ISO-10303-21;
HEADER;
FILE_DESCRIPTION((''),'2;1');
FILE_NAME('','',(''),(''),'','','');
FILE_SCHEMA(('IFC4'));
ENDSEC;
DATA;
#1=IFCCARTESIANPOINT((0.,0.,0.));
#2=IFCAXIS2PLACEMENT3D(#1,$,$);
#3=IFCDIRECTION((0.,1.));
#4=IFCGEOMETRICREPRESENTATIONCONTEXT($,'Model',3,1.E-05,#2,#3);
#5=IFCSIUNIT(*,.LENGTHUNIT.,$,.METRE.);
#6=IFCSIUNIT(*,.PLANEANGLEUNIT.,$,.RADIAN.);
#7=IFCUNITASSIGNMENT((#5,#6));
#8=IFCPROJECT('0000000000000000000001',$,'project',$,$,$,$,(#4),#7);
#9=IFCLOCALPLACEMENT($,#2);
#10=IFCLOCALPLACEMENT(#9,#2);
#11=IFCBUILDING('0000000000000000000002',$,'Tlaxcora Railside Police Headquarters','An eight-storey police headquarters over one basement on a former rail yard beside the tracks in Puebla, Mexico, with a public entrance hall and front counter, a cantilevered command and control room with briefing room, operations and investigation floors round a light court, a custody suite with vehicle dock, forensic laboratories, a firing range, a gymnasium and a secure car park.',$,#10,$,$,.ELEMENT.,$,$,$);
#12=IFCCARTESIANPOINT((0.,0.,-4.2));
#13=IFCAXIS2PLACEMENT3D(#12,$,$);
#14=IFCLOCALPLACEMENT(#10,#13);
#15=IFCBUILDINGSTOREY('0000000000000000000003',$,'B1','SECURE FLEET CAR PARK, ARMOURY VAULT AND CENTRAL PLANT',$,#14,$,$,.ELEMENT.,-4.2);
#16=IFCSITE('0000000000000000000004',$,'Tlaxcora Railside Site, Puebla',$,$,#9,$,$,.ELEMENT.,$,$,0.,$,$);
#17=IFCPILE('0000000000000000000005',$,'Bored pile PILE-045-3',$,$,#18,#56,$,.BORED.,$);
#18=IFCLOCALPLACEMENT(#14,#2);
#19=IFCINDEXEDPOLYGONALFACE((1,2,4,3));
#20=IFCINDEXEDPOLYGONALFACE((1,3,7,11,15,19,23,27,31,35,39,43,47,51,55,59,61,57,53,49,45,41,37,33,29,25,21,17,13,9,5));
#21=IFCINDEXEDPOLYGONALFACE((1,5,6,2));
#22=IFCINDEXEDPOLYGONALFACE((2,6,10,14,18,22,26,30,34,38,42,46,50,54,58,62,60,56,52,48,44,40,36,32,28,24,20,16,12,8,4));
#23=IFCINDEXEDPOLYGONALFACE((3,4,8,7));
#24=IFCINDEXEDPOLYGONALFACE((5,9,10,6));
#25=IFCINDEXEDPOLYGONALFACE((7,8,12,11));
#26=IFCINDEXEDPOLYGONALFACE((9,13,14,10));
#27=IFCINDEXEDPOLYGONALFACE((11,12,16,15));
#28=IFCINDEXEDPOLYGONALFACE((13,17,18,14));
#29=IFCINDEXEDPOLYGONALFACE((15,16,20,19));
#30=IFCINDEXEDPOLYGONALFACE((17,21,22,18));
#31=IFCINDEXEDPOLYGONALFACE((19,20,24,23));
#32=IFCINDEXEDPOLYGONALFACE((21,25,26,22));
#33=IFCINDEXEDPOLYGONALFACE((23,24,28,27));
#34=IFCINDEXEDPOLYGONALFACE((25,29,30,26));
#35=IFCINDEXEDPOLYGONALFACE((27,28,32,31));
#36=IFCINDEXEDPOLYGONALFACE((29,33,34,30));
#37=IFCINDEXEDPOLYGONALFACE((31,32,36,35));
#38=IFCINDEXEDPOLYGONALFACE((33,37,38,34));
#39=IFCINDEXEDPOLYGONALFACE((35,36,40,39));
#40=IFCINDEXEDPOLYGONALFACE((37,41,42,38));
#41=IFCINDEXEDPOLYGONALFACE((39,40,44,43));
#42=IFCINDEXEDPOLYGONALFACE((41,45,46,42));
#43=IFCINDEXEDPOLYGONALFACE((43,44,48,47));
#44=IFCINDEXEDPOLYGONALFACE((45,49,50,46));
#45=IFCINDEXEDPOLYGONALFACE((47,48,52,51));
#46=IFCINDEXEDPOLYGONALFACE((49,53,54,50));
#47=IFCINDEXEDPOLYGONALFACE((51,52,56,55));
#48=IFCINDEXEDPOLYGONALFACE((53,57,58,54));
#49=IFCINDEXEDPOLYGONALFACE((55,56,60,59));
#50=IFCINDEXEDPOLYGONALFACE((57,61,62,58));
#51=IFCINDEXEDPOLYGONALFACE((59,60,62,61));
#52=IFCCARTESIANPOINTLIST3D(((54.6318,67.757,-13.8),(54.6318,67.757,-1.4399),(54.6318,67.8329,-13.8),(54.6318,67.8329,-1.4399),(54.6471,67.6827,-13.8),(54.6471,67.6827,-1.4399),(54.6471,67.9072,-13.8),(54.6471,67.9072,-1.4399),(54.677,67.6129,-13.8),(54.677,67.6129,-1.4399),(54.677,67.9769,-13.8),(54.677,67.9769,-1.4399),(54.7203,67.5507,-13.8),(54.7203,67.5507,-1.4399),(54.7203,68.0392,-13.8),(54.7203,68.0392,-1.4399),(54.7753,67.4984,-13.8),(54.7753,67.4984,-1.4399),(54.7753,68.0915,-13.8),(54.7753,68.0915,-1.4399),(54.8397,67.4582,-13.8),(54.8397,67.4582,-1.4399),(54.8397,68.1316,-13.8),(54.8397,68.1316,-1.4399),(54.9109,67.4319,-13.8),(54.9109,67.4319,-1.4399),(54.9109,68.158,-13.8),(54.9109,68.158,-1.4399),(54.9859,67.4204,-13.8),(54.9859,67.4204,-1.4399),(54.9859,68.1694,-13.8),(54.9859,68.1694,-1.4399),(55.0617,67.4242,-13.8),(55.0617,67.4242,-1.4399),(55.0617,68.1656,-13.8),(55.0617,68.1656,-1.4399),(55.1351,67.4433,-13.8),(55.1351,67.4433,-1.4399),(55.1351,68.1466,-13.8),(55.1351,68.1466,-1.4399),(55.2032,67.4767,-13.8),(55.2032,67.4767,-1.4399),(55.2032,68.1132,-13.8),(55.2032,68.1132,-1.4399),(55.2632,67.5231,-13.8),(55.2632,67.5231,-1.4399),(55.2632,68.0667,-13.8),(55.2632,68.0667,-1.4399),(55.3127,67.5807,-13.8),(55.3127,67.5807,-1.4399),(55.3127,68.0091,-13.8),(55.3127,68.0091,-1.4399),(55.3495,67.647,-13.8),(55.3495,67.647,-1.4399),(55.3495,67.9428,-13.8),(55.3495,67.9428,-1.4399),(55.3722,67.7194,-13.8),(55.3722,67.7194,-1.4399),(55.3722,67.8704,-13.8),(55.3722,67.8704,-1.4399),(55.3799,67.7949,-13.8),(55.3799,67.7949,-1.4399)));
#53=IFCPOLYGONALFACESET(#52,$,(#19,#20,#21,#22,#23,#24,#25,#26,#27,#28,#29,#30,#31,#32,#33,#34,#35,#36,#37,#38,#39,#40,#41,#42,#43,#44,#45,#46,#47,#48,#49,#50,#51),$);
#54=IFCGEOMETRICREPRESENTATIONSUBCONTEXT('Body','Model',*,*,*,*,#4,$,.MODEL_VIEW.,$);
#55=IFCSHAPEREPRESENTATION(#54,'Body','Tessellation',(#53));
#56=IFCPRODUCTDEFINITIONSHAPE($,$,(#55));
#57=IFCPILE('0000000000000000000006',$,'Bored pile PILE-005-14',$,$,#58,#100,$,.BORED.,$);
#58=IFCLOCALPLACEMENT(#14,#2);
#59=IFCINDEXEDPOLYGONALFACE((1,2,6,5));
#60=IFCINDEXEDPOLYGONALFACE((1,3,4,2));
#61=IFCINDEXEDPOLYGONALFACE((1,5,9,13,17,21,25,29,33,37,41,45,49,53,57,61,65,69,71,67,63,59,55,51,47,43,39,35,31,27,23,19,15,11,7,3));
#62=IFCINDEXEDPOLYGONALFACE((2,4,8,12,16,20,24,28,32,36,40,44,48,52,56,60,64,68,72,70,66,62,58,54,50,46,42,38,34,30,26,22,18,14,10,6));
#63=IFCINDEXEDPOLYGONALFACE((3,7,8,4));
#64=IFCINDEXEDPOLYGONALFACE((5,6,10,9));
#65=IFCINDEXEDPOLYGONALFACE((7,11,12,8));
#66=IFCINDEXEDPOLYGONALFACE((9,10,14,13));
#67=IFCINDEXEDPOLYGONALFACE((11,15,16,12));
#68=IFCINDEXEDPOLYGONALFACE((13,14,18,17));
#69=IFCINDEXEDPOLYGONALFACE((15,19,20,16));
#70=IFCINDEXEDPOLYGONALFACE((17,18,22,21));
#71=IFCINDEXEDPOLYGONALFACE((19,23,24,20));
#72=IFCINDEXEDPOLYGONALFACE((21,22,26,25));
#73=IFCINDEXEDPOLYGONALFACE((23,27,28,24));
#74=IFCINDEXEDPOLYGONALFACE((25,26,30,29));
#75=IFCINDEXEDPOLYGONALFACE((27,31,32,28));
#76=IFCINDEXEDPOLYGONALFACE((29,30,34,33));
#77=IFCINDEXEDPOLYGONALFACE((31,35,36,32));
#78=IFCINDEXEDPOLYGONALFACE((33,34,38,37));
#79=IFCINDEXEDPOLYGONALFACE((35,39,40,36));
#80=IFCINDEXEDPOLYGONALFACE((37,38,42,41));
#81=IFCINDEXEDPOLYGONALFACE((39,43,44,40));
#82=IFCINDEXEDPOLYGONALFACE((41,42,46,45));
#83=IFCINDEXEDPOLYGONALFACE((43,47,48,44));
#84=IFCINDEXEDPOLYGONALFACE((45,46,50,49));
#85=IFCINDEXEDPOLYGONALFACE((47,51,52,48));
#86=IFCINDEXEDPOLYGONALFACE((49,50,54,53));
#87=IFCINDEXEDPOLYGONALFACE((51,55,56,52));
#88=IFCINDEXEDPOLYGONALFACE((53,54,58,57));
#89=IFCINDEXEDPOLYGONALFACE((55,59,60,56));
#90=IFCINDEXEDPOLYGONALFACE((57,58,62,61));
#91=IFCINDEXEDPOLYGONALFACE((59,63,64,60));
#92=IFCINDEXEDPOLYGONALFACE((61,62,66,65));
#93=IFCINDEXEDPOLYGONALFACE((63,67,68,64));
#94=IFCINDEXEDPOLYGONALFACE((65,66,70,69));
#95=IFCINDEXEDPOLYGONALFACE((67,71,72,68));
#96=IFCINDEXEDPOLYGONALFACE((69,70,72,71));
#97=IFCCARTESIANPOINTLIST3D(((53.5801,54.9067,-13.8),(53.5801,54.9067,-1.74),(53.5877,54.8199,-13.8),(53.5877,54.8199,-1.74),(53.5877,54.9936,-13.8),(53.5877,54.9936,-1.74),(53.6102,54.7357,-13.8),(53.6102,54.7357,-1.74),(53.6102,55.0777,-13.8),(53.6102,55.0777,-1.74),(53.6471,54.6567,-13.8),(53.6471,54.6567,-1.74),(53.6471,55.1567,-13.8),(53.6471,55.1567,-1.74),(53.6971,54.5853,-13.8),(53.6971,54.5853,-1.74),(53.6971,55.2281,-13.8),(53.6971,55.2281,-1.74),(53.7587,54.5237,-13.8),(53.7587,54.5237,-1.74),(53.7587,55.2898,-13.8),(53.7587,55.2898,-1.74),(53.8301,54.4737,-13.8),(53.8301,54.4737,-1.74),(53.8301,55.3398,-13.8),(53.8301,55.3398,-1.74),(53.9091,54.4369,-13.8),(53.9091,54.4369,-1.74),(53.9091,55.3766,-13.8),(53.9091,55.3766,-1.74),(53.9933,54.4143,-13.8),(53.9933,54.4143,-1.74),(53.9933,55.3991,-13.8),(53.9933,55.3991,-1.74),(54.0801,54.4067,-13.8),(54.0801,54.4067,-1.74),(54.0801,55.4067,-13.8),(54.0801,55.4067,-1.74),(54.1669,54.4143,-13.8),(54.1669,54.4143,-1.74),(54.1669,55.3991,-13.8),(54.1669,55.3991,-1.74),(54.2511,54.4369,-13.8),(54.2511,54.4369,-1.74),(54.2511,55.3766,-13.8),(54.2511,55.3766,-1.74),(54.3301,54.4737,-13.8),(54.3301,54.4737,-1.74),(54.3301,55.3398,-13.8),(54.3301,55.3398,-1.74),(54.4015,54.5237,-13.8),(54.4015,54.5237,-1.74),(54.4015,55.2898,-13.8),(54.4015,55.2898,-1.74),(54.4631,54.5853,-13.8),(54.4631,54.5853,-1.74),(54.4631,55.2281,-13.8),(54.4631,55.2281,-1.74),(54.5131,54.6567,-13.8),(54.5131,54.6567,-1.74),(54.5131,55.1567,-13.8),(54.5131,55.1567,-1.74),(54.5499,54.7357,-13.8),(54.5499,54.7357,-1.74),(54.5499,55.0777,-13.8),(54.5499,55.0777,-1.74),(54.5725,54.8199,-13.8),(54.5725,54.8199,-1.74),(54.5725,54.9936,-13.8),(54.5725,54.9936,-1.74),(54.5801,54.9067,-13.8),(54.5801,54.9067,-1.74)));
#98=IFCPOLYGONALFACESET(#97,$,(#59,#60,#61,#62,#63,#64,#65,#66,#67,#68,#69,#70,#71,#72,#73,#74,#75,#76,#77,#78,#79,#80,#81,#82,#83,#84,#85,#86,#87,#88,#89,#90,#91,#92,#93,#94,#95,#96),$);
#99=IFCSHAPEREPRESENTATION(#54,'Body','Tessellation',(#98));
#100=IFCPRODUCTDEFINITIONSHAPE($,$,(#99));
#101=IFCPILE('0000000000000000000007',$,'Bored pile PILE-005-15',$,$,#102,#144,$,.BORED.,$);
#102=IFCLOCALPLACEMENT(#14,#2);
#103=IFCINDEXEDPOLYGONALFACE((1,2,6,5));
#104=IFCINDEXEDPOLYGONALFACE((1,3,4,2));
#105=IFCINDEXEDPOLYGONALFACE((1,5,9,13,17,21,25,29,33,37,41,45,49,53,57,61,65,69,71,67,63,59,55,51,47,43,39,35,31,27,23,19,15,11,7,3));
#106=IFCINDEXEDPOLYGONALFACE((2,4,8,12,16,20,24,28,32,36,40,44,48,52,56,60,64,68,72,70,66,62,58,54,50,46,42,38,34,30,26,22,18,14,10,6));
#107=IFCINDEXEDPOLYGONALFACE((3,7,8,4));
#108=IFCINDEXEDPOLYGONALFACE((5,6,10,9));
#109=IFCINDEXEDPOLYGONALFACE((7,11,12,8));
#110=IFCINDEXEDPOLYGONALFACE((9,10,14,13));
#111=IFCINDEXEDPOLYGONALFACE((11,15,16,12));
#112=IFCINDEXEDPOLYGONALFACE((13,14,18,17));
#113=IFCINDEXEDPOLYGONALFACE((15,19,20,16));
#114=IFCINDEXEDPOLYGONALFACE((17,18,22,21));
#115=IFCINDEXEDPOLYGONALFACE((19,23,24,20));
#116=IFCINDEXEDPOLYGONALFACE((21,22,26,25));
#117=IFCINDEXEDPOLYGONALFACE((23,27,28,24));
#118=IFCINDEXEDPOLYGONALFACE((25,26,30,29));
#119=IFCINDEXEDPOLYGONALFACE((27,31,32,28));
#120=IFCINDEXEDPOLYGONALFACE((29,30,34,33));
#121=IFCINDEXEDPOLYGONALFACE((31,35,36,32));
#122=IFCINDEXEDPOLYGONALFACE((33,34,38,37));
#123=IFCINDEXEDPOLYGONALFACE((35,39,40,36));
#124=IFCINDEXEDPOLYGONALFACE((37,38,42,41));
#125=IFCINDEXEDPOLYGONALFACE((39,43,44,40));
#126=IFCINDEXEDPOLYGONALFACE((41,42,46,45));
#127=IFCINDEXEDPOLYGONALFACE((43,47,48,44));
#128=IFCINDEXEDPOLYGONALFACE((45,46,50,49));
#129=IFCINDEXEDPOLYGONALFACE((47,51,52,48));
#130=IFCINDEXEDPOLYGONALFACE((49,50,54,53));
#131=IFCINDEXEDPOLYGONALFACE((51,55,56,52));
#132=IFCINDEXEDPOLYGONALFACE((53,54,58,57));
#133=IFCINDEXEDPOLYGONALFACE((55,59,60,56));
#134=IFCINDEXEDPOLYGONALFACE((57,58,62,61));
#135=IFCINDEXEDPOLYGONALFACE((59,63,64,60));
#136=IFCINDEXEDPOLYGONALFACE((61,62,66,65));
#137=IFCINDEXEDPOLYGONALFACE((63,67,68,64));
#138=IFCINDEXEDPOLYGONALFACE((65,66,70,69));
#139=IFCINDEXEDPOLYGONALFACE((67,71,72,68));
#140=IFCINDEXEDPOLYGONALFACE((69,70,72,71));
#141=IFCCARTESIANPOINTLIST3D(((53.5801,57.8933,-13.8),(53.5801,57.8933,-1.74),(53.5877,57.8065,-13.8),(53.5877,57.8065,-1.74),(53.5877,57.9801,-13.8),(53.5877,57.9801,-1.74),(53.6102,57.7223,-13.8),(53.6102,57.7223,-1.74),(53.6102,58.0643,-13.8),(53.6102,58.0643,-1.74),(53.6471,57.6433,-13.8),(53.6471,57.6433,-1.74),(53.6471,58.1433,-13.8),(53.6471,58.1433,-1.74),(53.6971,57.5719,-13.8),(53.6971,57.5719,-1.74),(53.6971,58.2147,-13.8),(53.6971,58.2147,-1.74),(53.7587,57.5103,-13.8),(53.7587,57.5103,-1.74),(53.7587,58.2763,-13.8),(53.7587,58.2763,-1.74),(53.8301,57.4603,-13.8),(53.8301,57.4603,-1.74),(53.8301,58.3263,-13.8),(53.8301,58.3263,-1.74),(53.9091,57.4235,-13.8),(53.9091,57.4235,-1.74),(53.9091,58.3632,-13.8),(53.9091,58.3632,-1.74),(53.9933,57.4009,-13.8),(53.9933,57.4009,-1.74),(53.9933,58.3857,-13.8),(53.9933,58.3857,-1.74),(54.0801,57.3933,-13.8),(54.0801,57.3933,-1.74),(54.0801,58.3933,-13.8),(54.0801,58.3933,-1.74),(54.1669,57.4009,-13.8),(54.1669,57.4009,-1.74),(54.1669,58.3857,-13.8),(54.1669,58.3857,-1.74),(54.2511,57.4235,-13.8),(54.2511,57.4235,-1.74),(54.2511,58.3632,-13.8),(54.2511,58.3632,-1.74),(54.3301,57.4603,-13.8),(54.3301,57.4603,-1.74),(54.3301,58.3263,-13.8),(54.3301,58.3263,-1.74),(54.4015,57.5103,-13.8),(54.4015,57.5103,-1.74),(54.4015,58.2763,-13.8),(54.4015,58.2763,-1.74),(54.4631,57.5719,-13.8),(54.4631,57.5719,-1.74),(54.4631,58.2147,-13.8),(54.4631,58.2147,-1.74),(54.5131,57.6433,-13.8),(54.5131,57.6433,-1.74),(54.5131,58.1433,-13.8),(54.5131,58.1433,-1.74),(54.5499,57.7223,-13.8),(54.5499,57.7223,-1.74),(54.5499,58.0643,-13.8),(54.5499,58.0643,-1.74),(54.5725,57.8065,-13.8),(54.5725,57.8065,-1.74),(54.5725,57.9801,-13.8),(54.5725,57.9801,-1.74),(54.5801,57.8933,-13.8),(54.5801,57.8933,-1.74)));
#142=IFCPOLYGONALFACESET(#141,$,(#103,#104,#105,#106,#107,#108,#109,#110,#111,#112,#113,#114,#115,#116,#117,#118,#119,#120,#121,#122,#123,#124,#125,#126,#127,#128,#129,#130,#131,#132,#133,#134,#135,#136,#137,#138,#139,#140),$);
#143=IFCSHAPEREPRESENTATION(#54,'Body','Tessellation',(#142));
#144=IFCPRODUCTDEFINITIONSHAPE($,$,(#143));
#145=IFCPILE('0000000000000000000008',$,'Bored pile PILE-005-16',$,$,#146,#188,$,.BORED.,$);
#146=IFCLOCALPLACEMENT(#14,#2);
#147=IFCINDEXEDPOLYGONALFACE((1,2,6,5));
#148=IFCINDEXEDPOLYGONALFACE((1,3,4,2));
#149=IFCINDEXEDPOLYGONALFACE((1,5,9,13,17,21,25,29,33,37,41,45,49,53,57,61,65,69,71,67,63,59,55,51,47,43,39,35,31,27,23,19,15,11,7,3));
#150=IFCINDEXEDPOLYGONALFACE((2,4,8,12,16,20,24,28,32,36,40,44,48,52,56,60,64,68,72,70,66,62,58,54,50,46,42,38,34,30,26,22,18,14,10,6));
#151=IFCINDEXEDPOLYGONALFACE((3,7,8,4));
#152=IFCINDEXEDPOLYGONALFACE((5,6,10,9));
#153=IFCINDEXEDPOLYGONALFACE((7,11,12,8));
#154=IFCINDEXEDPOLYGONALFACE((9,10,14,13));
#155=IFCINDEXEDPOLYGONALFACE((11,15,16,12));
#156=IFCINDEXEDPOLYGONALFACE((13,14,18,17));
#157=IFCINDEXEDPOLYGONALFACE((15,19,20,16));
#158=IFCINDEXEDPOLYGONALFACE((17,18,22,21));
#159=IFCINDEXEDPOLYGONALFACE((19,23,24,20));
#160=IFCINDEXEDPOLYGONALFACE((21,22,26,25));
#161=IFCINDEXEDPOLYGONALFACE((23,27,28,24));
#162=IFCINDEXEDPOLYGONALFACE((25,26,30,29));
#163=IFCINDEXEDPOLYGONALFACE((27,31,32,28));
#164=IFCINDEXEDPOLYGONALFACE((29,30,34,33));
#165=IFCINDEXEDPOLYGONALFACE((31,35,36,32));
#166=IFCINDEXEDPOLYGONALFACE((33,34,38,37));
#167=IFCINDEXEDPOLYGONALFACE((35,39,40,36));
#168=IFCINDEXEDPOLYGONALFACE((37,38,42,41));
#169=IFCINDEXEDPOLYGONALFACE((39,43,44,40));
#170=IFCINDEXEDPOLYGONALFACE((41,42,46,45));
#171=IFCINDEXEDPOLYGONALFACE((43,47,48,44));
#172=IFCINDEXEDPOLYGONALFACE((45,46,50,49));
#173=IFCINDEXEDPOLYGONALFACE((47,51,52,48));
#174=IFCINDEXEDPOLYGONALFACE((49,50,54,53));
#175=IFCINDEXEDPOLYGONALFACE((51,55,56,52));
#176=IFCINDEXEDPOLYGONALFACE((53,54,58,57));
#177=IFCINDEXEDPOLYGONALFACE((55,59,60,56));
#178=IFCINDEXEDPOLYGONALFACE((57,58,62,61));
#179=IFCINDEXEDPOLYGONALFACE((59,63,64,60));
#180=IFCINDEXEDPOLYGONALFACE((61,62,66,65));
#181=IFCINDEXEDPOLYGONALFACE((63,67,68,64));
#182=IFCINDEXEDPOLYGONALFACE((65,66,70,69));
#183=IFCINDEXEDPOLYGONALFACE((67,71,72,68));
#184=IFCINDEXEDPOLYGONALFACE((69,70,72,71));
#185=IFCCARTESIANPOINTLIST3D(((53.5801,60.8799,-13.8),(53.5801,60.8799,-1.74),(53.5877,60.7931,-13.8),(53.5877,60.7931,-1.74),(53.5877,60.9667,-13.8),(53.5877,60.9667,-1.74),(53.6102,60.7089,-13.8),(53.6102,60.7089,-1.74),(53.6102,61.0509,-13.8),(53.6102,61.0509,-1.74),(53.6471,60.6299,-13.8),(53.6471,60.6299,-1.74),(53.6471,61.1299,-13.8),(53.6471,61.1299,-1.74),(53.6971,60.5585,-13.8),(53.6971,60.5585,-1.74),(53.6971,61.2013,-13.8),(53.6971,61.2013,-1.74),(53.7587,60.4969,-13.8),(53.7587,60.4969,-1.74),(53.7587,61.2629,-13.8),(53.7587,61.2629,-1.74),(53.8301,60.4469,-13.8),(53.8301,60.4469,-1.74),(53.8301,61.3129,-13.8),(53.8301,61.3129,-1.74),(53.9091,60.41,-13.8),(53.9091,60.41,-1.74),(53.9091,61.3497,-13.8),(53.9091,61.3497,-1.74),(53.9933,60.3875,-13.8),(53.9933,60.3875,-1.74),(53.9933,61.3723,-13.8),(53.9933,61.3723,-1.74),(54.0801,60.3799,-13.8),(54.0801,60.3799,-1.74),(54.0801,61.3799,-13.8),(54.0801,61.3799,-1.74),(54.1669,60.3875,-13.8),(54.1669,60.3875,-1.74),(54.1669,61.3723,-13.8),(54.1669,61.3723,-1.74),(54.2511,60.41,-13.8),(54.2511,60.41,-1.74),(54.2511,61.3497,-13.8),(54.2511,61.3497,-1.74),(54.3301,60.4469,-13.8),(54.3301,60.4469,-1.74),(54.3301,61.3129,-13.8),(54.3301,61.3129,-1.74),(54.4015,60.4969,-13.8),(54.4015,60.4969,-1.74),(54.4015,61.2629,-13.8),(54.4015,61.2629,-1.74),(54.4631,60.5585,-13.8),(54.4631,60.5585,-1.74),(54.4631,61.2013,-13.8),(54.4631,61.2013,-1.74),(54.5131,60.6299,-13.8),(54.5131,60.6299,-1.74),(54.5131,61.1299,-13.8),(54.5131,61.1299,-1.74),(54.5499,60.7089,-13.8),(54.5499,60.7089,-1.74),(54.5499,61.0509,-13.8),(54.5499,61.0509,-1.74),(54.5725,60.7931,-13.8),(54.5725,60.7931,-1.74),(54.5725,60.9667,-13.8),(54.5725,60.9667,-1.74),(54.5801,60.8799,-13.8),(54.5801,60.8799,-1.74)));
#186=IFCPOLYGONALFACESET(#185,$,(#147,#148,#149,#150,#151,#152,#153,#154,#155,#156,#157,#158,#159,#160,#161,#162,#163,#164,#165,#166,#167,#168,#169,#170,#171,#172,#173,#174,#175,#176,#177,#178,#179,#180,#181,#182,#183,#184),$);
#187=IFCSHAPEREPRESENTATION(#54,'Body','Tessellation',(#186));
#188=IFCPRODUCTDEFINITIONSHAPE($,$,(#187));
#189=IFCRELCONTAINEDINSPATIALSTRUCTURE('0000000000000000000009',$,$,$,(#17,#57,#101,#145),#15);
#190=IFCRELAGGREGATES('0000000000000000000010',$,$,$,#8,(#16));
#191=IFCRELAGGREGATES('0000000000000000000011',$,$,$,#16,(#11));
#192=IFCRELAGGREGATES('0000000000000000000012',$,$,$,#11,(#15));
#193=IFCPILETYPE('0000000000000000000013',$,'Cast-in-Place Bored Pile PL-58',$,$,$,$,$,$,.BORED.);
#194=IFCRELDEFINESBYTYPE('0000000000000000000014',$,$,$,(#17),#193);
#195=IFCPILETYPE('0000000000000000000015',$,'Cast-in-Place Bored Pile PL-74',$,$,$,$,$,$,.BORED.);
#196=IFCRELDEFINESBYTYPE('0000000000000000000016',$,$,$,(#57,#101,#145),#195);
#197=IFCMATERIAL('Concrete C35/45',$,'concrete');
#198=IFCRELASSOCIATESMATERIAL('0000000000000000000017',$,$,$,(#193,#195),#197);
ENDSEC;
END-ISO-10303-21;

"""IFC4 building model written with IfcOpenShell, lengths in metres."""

from ifc_helpers import new_model, si_unit, direction, frame, origin, origin_2d, place, context, subcontext, project, spatial, circle, extrude, material, material_profile, profile_set, type_object, element, save


model = new_model("IFC4")

# Units and contexts
model_context = context("Model", 3, precision=1e-05, world=origin(), true_north=direction((0.0, 1.0)))
body_context = subcontext(model_context, "Body", "Model", "MODEL_VIEW")
ifc_project = project(units=[si_unit("LENGTHUNIT", "METRE"), si_unit("PLANEANGLEUNIT", "RADIAN")], contexts=[model_context])

# Site, building, storey
site_placement = place(None, origin())
site = spatial("IfcSite", under=ifc_project, at=site_placement, Name="Tlaxcora Railside Site, Puebla", CompositionType="ELEMENT", RefElevation=0.0)
building_placement = place(site_placement, origin())
building = spatial("IfcBuilding", under=site, at=building_placement, Name="Tlaxcora Railside Police Headquarters", Description="An eight-storey police headquarters over one basement on a former rail yard beside the tracks in Puebla, Mexico, with a public entrance hall and front counter, a cantilevered command and control room with briefing room, operations and investigation floors round a light court, a custody suite with vehicle dock, forensic laboratories, a firing range, a gymnasium and a secure car park.", CompositionType="ELEMENT")
storey_placement = place(building_placement, frame((0.0, 0.0, -4.2)))
storey = spatial("IfcBuildingStorey", under=building, at=storey_placement, Name="B1", Description="SECURE FLEET CAR PARK, ARMOURY VAULT AND CENTRAL PLANT", CompositionType="ELEMENT", Elevation=-4.2)

# Piles
ifc_material_1 = material(Name="Concrete C35/45", Category="concrete")
ifc_material_profile_1 = material_profile(ifc_material_1, circle(Radius=0.375, at=origin_2d()), Name="PILE750")
ifc_profile_set_1 = profile_set([ifc_material_profile_1], Name="Concrete C35/45")
pile_type_1 = type_object("IfcPileType", Name="Cast-in-Place Bored Pile PL-58", PredefinedType="BORED", material=ifc_profile_set_1)
pile_1_placement = place(storey_placement, frame((55.0049, 67.7949, -1.4399), z_axis=(0.0, 0.0, -1.0), x_axis=(1.0, 0.0, 0.0)))
element("IfcPile", 1, at=pile_1_placement, inside=storey, type_object=pile_type_1, Name="Bored pile PILE-045-3", PredefinedType="BORED", context=body_context, shape_type="SweptSolid", body=[
    extrude(circle(Radius=0.375, at=origin_2d()), origin(), (0.0, 0.0, 1.0), 12.3601),
])
ifc_material_profile_2 = material_profile(ifc_material_1, circle(Radius=0.5, at=origin_2d()), Name="PILE1000")
ifc_profile_set_2 = profile_set([ifc_material_profile_2], Name="Concrete C35/45")
pile_type_2 = type_object("IfcPileType", Name="Cast-in-Place Bored Pile PL-74", PredefinedType="BORED", material=ifc_profile_set_2)
for number, where, z_axis, x_axis, name in (
    (2, (54.0801, 54.9067, -1.74), (0.0, 0.0, -1.0), (1.0, 0.0, 0.0), "Bored pile PILE-005-14"),
    (3, (54.0801, 57.8933, -1.74), (0.0, 0.0, -1.0), (1.0, 0.0, 0.0), "Bored pile PILE-005-15"),
    (4, (54.0801, 60.8799, -1.74), (0.0, 0.0, -1.0), (1.0, 0.0, 0.0), "Bored pile PILE-005-16"),
):
    element("IfcPile", number, at=place(storey_placement, frame(where, z_axis=z_axis, x_axis=x_axis)), inside=storey, type_object=pile_type_2, Name=name, PredefinedType="BORED", context=body_context, shape_type="SweptSolid", body=[
        extrude(circle(Radius=0.5, at=origin_2d()), origin(), (0.0, 0.0, 1.0), 12.0601),
    ])

save(model, "model.ifc")
